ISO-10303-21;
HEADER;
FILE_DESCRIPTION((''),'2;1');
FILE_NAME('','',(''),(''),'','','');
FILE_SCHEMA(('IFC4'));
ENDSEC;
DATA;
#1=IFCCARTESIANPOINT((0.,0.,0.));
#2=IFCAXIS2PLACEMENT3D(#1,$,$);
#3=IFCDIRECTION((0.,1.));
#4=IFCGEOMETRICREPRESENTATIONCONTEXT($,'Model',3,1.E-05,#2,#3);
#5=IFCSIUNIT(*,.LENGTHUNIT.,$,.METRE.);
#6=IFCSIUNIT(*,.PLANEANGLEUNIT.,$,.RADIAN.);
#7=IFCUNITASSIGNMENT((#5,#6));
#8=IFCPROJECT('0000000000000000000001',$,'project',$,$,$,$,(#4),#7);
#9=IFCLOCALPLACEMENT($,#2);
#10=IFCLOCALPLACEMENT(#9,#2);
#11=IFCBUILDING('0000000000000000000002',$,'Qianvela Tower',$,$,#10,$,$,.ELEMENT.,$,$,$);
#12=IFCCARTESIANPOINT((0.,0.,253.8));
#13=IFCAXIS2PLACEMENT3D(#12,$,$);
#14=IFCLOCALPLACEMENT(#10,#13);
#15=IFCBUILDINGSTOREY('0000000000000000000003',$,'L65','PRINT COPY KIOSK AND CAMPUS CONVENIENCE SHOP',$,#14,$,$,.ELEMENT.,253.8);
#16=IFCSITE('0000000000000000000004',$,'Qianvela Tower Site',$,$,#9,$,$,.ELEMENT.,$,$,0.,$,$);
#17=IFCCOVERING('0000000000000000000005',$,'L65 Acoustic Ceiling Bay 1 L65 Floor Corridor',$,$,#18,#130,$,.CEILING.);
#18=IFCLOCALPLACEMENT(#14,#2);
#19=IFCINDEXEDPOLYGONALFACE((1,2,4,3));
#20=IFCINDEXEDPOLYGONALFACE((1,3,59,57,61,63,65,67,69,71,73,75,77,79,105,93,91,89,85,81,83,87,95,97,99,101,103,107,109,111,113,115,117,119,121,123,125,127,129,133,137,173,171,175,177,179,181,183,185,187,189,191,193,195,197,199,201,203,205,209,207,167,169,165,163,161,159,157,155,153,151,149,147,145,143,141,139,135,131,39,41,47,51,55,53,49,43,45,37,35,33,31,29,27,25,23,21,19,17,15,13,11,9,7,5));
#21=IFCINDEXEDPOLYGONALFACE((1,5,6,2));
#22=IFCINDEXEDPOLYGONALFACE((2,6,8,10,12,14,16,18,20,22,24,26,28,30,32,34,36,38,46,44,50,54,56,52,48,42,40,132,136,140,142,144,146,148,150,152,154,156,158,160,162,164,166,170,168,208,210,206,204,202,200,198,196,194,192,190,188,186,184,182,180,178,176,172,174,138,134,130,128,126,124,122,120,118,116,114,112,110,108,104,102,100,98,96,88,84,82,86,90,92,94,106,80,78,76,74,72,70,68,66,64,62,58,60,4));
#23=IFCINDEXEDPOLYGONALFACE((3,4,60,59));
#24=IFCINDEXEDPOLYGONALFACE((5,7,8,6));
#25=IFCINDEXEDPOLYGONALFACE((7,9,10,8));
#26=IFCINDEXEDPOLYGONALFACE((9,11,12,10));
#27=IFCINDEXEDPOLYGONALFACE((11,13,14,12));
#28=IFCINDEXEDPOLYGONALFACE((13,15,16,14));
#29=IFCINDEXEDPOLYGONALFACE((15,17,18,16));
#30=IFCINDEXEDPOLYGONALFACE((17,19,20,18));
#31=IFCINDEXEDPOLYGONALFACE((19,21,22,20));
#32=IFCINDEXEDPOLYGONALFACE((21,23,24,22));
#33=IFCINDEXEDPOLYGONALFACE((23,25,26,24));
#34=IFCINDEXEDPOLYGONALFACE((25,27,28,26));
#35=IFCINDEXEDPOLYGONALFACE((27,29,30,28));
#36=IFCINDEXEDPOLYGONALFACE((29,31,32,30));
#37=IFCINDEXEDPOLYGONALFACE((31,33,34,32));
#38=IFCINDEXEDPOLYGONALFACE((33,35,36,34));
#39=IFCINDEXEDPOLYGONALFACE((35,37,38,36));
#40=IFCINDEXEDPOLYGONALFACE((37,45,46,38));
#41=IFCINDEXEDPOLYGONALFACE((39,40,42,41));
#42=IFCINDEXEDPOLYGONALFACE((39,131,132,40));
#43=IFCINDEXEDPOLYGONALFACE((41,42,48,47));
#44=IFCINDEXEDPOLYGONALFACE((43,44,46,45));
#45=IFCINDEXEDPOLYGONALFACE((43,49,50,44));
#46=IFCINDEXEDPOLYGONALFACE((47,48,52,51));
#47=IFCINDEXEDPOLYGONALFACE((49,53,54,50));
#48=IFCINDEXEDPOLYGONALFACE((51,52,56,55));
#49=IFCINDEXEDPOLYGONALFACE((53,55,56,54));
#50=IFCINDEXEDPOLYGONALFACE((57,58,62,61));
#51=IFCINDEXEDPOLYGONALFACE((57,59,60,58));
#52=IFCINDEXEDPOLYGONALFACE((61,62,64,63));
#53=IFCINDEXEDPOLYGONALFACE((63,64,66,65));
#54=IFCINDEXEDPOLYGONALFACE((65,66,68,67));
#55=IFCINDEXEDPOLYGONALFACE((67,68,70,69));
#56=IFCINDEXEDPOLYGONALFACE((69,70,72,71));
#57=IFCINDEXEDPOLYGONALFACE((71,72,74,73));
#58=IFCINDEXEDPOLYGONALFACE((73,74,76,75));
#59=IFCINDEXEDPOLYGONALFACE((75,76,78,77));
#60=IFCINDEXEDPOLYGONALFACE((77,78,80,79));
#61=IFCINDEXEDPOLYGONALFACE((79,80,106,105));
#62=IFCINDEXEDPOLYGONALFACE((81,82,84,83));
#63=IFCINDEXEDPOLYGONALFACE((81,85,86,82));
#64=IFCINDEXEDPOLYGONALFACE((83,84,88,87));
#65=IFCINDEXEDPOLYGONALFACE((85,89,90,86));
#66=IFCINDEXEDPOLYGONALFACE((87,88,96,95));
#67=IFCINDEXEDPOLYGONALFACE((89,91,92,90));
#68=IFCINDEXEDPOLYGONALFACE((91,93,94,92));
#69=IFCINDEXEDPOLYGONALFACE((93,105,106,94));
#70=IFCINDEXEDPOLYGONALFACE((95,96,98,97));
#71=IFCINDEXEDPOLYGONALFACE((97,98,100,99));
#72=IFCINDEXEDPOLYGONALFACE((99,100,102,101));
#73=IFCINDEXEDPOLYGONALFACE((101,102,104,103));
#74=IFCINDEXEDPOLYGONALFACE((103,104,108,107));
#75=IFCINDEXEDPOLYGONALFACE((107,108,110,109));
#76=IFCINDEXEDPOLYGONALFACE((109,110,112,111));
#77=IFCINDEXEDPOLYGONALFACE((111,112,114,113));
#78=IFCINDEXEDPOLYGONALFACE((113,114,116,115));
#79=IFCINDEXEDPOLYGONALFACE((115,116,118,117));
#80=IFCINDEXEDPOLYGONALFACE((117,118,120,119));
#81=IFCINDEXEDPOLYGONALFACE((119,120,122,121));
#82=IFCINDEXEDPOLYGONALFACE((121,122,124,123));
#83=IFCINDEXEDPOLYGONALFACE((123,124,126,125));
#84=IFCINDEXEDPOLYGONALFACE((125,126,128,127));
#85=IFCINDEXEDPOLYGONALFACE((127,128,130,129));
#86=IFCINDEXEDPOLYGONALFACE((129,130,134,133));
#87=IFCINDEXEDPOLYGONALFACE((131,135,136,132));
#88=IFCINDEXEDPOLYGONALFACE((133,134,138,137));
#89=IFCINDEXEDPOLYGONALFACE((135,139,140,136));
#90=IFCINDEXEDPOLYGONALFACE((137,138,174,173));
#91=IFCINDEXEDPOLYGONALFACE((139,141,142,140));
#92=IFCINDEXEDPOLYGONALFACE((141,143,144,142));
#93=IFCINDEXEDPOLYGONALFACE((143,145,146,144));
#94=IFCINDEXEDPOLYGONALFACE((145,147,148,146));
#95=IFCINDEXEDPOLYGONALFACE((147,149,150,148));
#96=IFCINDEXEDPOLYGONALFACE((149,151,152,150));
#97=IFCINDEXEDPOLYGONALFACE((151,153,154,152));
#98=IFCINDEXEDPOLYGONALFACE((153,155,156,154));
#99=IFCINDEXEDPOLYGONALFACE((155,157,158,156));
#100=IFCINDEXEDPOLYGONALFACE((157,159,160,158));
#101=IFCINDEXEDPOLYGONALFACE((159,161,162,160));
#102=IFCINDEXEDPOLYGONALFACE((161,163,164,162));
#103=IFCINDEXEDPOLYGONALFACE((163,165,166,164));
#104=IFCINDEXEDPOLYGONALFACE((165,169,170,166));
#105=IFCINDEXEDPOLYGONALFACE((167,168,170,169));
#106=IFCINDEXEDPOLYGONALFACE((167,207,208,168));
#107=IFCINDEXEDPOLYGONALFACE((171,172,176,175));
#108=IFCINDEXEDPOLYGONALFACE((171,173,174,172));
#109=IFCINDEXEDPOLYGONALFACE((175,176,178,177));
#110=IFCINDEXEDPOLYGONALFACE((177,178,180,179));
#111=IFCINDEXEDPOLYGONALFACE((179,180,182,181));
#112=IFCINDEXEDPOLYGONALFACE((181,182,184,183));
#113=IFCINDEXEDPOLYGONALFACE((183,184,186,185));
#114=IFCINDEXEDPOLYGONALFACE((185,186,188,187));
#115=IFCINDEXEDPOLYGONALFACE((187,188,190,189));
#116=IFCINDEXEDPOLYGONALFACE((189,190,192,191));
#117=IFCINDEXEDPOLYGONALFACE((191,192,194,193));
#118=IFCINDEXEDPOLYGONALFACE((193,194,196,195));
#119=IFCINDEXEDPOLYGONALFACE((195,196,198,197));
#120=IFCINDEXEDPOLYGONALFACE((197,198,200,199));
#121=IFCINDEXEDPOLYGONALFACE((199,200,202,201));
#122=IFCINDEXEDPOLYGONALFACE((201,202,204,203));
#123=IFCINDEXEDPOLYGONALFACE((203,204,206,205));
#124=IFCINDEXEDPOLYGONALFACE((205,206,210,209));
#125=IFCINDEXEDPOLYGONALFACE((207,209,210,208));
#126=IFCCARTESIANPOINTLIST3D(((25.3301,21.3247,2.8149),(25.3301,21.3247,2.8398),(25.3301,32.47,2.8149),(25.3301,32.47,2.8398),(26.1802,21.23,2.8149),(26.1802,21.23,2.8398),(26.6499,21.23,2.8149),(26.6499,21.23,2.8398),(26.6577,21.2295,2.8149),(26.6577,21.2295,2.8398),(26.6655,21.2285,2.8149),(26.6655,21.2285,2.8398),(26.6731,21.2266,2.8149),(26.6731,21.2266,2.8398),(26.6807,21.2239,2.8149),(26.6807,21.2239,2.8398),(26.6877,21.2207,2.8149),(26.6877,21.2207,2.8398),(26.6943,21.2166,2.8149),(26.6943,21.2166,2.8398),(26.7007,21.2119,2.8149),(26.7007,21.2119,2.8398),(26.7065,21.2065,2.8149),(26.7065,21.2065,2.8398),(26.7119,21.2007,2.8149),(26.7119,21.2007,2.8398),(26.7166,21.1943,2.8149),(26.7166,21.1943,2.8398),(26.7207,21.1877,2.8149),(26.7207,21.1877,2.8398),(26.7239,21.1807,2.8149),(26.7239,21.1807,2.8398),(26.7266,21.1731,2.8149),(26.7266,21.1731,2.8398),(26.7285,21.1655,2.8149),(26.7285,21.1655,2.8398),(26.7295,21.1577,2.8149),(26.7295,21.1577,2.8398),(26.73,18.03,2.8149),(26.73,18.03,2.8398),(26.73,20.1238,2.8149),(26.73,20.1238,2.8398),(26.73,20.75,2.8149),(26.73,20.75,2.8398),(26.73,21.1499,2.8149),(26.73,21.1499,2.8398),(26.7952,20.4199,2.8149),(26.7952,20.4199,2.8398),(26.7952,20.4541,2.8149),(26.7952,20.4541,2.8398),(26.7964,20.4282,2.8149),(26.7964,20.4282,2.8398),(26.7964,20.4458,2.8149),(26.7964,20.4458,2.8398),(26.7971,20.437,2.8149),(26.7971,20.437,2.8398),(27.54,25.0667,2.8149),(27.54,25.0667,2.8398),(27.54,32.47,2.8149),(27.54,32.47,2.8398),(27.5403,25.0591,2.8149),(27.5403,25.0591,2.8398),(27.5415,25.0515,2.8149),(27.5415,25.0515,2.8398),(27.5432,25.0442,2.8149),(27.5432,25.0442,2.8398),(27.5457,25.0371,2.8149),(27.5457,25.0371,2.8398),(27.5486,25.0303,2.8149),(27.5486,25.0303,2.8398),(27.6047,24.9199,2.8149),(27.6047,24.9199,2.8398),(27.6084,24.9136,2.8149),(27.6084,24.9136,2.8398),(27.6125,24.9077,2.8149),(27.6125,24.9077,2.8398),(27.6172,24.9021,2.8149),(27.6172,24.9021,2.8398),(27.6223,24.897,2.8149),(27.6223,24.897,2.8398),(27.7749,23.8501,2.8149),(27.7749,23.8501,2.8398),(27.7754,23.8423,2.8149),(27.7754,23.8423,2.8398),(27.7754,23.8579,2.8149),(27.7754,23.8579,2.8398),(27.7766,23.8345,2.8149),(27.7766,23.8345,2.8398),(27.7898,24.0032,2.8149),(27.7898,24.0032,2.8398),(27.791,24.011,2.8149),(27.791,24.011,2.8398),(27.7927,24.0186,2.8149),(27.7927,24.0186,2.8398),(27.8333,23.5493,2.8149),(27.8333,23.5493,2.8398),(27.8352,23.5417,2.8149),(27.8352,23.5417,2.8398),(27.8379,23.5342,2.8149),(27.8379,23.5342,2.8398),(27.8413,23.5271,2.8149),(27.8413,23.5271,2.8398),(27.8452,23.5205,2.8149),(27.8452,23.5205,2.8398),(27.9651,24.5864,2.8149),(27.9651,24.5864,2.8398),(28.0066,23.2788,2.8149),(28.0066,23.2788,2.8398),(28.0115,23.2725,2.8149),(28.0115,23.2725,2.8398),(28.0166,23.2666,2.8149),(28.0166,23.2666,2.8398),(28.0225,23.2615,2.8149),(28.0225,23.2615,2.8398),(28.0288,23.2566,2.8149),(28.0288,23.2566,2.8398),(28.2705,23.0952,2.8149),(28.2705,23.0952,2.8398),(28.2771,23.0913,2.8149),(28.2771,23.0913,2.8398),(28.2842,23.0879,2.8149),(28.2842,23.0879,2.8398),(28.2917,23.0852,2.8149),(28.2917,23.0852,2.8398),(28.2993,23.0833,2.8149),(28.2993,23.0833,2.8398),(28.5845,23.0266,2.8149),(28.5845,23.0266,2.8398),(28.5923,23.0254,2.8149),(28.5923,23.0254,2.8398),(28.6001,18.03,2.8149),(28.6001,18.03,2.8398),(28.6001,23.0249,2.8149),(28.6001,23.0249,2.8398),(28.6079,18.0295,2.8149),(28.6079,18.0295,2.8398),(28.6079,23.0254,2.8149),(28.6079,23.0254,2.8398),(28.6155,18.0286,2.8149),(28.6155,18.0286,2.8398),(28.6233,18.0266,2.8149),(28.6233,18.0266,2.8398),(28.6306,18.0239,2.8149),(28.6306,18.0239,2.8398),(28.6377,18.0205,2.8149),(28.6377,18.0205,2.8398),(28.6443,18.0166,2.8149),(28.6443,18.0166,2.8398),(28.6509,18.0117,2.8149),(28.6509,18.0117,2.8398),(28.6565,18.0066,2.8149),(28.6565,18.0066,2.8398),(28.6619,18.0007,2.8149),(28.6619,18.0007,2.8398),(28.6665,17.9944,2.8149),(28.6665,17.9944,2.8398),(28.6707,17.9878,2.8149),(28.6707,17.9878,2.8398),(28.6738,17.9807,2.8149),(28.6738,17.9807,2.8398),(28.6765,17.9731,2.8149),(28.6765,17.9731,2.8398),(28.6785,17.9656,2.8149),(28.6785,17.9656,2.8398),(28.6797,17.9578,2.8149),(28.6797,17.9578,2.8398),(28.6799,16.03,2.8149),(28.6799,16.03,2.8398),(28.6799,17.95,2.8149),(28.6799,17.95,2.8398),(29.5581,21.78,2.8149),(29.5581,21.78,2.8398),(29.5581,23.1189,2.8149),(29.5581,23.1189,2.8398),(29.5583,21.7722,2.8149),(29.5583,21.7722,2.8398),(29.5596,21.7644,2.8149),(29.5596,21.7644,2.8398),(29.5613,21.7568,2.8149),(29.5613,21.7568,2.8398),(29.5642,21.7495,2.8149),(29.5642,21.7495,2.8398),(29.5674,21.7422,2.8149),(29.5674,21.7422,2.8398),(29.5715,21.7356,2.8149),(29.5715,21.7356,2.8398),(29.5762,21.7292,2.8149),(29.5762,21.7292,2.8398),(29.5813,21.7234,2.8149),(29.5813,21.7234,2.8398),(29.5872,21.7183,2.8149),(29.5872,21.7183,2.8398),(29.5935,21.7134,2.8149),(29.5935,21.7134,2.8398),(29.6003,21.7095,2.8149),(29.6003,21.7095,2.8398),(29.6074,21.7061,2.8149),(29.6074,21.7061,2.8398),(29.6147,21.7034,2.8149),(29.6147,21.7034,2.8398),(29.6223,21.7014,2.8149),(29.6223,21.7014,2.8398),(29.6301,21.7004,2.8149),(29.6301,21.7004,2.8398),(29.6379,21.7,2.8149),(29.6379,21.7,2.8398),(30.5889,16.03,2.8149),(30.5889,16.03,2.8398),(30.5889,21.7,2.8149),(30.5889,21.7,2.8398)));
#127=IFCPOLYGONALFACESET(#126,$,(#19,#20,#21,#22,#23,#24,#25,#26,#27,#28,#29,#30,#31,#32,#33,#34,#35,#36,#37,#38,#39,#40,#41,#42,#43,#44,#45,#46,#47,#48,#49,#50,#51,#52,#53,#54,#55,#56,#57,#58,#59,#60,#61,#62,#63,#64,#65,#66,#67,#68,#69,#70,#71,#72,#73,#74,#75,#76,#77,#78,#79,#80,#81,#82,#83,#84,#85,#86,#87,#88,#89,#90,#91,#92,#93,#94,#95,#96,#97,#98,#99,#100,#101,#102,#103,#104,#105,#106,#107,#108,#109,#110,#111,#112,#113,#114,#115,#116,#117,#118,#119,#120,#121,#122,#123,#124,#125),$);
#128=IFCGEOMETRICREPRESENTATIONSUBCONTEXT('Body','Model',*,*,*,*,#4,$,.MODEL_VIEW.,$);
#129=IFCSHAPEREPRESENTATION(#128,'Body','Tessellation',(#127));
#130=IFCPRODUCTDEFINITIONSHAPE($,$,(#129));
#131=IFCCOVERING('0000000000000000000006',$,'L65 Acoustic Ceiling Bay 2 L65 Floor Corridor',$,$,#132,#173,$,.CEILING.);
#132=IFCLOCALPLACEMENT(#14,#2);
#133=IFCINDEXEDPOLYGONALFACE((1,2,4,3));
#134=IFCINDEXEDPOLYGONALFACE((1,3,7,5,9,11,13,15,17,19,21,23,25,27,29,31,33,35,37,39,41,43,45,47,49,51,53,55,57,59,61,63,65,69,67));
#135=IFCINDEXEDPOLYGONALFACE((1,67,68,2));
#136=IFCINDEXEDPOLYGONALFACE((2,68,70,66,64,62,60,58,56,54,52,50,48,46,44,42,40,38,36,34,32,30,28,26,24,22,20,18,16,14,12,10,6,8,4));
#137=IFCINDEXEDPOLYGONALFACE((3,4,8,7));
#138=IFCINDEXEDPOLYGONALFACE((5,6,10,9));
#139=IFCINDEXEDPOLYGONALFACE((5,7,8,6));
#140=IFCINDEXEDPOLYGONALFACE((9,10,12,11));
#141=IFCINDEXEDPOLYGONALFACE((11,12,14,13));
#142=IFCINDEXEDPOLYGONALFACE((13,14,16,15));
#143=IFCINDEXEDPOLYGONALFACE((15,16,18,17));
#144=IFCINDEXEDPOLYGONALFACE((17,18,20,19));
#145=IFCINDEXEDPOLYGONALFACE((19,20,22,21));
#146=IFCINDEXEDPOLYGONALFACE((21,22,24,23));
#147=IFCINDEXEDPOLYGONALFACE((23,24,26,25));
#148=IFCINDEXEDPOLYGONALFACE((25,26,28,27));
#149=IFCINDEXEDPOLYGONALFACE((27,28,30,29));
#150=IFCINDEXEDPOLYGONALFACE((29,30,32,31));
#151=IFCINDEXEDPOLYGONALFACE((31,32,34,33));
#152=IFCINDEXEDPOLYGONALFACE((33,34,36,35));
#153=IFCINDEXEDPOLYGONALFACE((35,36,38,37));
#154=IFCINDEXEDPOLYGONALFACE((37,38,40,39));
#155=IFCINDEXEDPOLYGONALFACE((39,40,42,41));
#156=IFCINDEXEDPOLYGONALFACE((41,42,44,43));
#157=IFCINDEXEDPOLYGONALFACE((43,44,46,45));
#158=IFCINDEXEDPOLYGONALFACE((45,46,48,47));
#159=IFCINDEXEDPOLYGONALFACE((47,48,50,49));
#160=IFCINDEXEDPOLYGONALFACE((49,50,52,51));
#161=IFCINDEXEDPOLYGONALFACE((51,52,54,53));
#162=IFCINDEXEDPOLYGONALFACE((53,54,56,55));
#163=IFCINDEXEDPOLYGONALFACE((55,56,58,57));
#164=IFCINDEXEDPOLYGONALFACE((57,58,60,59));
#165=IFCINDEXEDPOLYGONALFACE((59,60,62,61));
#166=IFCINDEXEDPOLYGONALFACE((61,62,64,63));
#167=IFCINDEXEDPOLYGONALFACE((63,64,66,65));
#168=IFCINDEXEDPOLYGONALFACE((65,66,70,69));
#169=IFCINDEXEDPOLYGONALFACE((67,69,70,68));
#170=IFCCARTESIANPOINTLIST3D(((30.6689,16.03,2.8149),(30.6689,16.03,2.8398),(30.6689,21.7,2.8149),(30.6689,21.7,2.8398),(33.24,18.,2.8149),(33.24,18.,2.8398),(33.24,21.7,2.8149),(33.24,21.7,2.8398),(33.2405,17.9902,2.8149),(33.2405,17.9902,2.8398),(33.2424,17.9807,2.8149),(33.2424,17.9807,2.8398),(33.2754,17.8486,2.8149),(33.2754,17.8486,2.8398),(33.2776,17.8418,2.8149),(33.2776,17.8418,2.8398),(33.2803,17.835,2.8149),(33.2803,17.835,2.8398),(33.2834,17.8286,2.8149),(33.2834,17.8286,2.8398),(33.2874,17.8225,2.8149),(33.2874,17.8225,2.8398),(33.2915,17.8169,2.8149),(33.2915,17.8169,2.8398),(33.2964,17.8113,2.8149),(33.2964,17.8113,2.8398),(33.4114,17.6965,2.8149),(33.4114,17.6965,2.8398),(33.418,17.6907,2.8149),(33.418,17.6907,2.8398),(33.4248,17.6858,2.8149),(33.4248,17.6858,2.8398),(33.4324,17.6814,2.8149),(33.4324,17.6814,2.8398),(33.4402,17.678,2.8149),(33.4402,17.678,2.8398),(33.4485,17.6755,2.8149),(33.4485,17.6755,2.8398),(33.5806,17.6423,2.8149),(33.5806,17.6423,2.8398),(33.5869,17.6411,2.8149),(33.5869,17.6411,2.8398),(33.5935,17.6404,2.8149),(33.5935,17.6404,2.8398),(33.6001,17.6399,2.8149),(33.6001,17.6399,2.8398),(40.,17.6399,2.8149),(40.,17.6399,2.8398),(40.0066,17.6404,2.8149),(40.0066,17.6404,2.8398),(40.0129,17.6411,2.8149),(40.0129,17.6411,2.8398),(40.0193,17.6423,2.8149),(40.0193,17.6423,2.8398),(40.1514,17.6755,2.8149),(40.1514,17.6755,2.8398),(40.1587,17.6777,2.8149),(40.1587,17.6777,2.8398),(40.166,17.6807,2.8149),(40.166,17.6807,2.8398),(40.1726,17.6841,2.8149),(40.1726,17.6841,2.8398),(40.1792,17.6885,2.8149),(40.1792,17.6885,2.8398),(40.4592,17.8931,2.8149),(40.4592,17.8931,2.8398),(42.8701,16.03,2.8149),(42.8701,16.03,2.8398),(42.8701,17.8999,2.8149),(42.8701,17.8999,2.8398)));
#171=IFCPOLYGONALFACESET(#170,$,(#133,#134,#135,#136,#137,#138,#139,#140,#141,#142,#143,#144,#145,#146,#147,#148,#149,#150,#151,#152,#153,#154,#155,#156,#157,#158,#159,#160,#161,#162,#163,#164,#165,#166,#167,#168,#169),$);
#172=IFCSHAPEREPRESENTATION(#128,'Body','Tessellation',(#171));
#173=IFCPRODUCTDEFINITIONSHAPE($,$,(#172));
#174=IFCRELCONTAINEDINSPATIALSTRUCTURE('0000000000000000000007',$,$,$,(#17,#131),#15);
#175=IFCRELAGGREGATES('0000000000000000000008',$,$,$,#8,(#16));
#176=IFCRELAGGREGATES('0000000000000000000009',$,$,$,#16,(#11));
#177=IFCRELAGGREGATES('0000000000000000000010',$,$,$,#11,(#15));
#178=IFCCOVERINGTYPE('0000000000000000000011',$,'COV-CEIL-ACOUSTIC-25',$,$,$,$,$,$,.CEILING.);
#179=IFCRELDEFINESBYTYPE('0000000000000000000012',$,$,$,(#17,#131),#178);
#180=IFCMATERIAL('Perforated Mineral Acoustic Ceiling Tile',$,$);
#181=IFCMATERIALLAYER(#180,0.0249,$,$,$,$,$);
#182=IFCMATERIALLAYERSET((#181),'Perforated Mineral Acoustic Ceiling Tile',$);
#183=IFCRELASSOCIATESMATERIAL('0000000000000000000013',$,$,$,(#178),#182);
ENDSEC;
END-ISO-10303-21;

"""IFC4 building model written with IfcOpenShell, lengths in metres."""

from ifc_helpers import new_model, si_unit, direction, frame, origin, place, context, subcontext, project, spatial, polyline, outline, extrude, material, layer, layer_set, type_object, element, save


model = new_model("IFC4")

# Units and contexts
model_context = context("Model", 3, precision=1e-05, world=origin(), true_north=direction((0.0, 1.0)))
body_context = subcontext(model_context, "Body", "Model", "MODEL_VIEW")
ifc_project = project(units=[si_unit("LENGTHUNIT", "METRE"), si_unit("PLANEANGLEUNIT", "RADIAN")], contexts=[model_context])

# Site, building, storey
site_placement = place(None, origin())
site = spatial("IfcSite", under=ifc_project, at=site_placement, Name="Qianvela Tower Site", CompositionType="ELEMENT", RefElevation=0.0)
building_placement = place(site_placement, origin())
building = spatial("IfcBuilding", under=site, at=building_placement, Name="Qianvela Tower", CompositionType="ELEMENT")
storey_placement = place(building_placement, frame((0.0, 0.0, 253.8)))
storey = spatial("IfcBuildingStorey", under=building, at=storey_placement, Name="L65", Description="PRINT COPY KIOSK AND CAMPUS CONVENIENCE SHOP", CompositionType="ELEMENT", Elevation=253.8)

# Coverings
ifc_material_1 = material(Name="Perforated Mineral Acoustic Ceiling Tile")
ifc_layer_1 = layer(ifc_material_1, 0.0249)
ifc_layer_set_1 = layer_set([ifc_layer_1], Name="Perforated Mineral Acoustic Ceiling Tile")
covering_type_1 = type_object("IfcCoveringType", Name="COV-CEIL-ACOUSTIC-25", PredefinedType="CEILING", material=ifc_layer_set_1)
covering_1_placement = place(storey_placement, frame((0.0, 0.0, 2.8149)))
element("IfcCovering", 1, at=covering_1_placement, inside=storey, type_object=covering_type_1, Name="L65 Acoustic Ceiling Bay 1 L65 Floor Corridor", PredefinedType="CEILING", context=body_context, shape_type="SweptSolid", body=[
    extrude(outline(polyline([(27.791, 24.011), (27.7898, 24.0032), (27.7754, 23.8579), (27.7749, 23.8501), (27.7754, 23.8423), (27.7766, 23.8345), (27.8333, 23.5493), (27.8352, 23.5417), (27.8379, 23.5342), (27.8413, 23.5271), (27.8452, 23.5205), (28.0066, 23.2788), (28.0115, 23.2725), (28.0166, 23.2666), (28.0225, 23.2615), (28.0288, 23.2566), (28.2705, 23.0952), (28.2771, 23.0913), (28.2842, 23.0879), (28.2917, 23.0852), (28.2993, 23.0833), (28.5845, 23.0266), (28.5923, 23.0254), (28.6001, 23.0249), (28.6079, 23.0254), (29.5581, 23.1189), (29.5581, 21.78), (29.5583, 21.7722), (29.5596, 21.7644), (29.5613, 21.7568), (29.5642, 21.7495), (29.5674, 21.7422), (29.5715, 21.7356), (29.5762, 21.7292), (29.5813, 21.7234), (29.5872, 21.7183), (29.5935, 21.7134), (29.6003, 21.7095), (29.6074, 21.7061), (29.6147, 21.7034), (29.6223, 21.7014), (29.6301, 21.7004), (29.6379, 21.7), (30.5889, 21.7), (30.5889, 16.03), (28.6799, 16.03), (28.6799, 17.95), (28.6797, 17.9578), (28.6785, 17.9656), (28.6765, 17.9731), (28.6738, 17.9807), (28.6707, 17.9878), (28.6665, 17.9944), (28.6619, 18.0007), (28.6565, 18.0066), (28.6509, 18.0117), (28.6443, 18.0166), (28.6377, 18.0205), (28.6306, 18.0239), (28.6233, 18.0266), (28.6155, 18.0286), (28.6079, 18.0295), (28.6001, 18.03), (26.73, 18.03), (26.73, 20.1238), (26.7952, 20.4199), (26.7964, 20.4282), (26.7971, 20.437), (26.7964, 20.4458), (26.7952, 20.4541), (26.73, 20.75), (26.73, 21.1499), (26.7295, 21.1577), (26.7285, 21.1655), (26.7266, 21.1731), (26.7239, 21.1807), (26.7207, 21.1877), (26.7166, 21.1943), (26.7119, 21.2007), (26.7065, 21.2065), (26.7007, 21.2119), (26.6943, 21.2166), (26.6877, 21.2207), (26.6807, 21.2239), (26.6731, 21.2266), (26.6655, 21.2285), (26.6577, 21.2295), (26.6499, 21.23), (26.1802, 21.23), (25.3301, 21.3247), (25.3301, 32.47), (27.54, 32.47), (27.54, 25.0667), (27.5403, 25.0591), (27.5415, 25.0515), (27.5432, 25.0442), (27.5457, 25.0371), (27.5486, 25.0303), (27.6047, 24.9199), (27.6084, 24.9136), (27.6125, 24.9077), (27.6172, 24.9021), (27.6223, 24.897), (27.9651, 24.5864), (27.7927, 24.0186), (27.791, 24.011)])), origin(), (0.0, 0.0, 1.0), 0.0249),
])
covering_2_placement = place(storey_placement, frame((0.0, 0.0, 2.8149)))
element("IfcCovering", 2, at=covering_2_placement, inside=storey, type_object=covering_type_1, Name="L65 Acoustic Ceiling Bay 2 L65 Floor Corridor", PredefinedType="CEILING", context=body_context, shape_type="SweptSolid", body=[
    extrude(outline(polyline([(33.24, 21.7), (33.24, 18.0), (33.2405, 17.9902), (33.2424, 17.9807), (33.2754, 17.8486), (33.2776, 17.8418), (33.2803, 17.835), (33.2834, 17.8286), (33.2874, 17.8225), (33.2915, 17.8169), (33.2964, 17.8113), (33.4114, 17.6965), (33.418, 17.6907), (33.4248, 17.6858), (33.4324, 17.6814), (33.4402, 17.678), (33.4485, 17.6755), (33.5806, 17.6423), (33.5869, 17.6411), (33.5935, 17.6404), (33.6001, 17.6399), (40.0, 17.6399), (40.0066, 17.6404), (40.0129, 17.6411), (40.0193, 17.6423), (40.1514, 17.6755), (40.1587, 17.6777), (40.166, 17.6807), (40.1726, 17.6841), (40.1792, 17.6885), (40.4592, 17.8931), (42.8701, 17.8999), (42.8701, 16.03), (30.6689, 16.03), (30.6689, 21.7), (33.24, 21.7)])), origin(), (0.0, 0.0, 1.0), 0.0249),
])

save(model, "model.ifc")
